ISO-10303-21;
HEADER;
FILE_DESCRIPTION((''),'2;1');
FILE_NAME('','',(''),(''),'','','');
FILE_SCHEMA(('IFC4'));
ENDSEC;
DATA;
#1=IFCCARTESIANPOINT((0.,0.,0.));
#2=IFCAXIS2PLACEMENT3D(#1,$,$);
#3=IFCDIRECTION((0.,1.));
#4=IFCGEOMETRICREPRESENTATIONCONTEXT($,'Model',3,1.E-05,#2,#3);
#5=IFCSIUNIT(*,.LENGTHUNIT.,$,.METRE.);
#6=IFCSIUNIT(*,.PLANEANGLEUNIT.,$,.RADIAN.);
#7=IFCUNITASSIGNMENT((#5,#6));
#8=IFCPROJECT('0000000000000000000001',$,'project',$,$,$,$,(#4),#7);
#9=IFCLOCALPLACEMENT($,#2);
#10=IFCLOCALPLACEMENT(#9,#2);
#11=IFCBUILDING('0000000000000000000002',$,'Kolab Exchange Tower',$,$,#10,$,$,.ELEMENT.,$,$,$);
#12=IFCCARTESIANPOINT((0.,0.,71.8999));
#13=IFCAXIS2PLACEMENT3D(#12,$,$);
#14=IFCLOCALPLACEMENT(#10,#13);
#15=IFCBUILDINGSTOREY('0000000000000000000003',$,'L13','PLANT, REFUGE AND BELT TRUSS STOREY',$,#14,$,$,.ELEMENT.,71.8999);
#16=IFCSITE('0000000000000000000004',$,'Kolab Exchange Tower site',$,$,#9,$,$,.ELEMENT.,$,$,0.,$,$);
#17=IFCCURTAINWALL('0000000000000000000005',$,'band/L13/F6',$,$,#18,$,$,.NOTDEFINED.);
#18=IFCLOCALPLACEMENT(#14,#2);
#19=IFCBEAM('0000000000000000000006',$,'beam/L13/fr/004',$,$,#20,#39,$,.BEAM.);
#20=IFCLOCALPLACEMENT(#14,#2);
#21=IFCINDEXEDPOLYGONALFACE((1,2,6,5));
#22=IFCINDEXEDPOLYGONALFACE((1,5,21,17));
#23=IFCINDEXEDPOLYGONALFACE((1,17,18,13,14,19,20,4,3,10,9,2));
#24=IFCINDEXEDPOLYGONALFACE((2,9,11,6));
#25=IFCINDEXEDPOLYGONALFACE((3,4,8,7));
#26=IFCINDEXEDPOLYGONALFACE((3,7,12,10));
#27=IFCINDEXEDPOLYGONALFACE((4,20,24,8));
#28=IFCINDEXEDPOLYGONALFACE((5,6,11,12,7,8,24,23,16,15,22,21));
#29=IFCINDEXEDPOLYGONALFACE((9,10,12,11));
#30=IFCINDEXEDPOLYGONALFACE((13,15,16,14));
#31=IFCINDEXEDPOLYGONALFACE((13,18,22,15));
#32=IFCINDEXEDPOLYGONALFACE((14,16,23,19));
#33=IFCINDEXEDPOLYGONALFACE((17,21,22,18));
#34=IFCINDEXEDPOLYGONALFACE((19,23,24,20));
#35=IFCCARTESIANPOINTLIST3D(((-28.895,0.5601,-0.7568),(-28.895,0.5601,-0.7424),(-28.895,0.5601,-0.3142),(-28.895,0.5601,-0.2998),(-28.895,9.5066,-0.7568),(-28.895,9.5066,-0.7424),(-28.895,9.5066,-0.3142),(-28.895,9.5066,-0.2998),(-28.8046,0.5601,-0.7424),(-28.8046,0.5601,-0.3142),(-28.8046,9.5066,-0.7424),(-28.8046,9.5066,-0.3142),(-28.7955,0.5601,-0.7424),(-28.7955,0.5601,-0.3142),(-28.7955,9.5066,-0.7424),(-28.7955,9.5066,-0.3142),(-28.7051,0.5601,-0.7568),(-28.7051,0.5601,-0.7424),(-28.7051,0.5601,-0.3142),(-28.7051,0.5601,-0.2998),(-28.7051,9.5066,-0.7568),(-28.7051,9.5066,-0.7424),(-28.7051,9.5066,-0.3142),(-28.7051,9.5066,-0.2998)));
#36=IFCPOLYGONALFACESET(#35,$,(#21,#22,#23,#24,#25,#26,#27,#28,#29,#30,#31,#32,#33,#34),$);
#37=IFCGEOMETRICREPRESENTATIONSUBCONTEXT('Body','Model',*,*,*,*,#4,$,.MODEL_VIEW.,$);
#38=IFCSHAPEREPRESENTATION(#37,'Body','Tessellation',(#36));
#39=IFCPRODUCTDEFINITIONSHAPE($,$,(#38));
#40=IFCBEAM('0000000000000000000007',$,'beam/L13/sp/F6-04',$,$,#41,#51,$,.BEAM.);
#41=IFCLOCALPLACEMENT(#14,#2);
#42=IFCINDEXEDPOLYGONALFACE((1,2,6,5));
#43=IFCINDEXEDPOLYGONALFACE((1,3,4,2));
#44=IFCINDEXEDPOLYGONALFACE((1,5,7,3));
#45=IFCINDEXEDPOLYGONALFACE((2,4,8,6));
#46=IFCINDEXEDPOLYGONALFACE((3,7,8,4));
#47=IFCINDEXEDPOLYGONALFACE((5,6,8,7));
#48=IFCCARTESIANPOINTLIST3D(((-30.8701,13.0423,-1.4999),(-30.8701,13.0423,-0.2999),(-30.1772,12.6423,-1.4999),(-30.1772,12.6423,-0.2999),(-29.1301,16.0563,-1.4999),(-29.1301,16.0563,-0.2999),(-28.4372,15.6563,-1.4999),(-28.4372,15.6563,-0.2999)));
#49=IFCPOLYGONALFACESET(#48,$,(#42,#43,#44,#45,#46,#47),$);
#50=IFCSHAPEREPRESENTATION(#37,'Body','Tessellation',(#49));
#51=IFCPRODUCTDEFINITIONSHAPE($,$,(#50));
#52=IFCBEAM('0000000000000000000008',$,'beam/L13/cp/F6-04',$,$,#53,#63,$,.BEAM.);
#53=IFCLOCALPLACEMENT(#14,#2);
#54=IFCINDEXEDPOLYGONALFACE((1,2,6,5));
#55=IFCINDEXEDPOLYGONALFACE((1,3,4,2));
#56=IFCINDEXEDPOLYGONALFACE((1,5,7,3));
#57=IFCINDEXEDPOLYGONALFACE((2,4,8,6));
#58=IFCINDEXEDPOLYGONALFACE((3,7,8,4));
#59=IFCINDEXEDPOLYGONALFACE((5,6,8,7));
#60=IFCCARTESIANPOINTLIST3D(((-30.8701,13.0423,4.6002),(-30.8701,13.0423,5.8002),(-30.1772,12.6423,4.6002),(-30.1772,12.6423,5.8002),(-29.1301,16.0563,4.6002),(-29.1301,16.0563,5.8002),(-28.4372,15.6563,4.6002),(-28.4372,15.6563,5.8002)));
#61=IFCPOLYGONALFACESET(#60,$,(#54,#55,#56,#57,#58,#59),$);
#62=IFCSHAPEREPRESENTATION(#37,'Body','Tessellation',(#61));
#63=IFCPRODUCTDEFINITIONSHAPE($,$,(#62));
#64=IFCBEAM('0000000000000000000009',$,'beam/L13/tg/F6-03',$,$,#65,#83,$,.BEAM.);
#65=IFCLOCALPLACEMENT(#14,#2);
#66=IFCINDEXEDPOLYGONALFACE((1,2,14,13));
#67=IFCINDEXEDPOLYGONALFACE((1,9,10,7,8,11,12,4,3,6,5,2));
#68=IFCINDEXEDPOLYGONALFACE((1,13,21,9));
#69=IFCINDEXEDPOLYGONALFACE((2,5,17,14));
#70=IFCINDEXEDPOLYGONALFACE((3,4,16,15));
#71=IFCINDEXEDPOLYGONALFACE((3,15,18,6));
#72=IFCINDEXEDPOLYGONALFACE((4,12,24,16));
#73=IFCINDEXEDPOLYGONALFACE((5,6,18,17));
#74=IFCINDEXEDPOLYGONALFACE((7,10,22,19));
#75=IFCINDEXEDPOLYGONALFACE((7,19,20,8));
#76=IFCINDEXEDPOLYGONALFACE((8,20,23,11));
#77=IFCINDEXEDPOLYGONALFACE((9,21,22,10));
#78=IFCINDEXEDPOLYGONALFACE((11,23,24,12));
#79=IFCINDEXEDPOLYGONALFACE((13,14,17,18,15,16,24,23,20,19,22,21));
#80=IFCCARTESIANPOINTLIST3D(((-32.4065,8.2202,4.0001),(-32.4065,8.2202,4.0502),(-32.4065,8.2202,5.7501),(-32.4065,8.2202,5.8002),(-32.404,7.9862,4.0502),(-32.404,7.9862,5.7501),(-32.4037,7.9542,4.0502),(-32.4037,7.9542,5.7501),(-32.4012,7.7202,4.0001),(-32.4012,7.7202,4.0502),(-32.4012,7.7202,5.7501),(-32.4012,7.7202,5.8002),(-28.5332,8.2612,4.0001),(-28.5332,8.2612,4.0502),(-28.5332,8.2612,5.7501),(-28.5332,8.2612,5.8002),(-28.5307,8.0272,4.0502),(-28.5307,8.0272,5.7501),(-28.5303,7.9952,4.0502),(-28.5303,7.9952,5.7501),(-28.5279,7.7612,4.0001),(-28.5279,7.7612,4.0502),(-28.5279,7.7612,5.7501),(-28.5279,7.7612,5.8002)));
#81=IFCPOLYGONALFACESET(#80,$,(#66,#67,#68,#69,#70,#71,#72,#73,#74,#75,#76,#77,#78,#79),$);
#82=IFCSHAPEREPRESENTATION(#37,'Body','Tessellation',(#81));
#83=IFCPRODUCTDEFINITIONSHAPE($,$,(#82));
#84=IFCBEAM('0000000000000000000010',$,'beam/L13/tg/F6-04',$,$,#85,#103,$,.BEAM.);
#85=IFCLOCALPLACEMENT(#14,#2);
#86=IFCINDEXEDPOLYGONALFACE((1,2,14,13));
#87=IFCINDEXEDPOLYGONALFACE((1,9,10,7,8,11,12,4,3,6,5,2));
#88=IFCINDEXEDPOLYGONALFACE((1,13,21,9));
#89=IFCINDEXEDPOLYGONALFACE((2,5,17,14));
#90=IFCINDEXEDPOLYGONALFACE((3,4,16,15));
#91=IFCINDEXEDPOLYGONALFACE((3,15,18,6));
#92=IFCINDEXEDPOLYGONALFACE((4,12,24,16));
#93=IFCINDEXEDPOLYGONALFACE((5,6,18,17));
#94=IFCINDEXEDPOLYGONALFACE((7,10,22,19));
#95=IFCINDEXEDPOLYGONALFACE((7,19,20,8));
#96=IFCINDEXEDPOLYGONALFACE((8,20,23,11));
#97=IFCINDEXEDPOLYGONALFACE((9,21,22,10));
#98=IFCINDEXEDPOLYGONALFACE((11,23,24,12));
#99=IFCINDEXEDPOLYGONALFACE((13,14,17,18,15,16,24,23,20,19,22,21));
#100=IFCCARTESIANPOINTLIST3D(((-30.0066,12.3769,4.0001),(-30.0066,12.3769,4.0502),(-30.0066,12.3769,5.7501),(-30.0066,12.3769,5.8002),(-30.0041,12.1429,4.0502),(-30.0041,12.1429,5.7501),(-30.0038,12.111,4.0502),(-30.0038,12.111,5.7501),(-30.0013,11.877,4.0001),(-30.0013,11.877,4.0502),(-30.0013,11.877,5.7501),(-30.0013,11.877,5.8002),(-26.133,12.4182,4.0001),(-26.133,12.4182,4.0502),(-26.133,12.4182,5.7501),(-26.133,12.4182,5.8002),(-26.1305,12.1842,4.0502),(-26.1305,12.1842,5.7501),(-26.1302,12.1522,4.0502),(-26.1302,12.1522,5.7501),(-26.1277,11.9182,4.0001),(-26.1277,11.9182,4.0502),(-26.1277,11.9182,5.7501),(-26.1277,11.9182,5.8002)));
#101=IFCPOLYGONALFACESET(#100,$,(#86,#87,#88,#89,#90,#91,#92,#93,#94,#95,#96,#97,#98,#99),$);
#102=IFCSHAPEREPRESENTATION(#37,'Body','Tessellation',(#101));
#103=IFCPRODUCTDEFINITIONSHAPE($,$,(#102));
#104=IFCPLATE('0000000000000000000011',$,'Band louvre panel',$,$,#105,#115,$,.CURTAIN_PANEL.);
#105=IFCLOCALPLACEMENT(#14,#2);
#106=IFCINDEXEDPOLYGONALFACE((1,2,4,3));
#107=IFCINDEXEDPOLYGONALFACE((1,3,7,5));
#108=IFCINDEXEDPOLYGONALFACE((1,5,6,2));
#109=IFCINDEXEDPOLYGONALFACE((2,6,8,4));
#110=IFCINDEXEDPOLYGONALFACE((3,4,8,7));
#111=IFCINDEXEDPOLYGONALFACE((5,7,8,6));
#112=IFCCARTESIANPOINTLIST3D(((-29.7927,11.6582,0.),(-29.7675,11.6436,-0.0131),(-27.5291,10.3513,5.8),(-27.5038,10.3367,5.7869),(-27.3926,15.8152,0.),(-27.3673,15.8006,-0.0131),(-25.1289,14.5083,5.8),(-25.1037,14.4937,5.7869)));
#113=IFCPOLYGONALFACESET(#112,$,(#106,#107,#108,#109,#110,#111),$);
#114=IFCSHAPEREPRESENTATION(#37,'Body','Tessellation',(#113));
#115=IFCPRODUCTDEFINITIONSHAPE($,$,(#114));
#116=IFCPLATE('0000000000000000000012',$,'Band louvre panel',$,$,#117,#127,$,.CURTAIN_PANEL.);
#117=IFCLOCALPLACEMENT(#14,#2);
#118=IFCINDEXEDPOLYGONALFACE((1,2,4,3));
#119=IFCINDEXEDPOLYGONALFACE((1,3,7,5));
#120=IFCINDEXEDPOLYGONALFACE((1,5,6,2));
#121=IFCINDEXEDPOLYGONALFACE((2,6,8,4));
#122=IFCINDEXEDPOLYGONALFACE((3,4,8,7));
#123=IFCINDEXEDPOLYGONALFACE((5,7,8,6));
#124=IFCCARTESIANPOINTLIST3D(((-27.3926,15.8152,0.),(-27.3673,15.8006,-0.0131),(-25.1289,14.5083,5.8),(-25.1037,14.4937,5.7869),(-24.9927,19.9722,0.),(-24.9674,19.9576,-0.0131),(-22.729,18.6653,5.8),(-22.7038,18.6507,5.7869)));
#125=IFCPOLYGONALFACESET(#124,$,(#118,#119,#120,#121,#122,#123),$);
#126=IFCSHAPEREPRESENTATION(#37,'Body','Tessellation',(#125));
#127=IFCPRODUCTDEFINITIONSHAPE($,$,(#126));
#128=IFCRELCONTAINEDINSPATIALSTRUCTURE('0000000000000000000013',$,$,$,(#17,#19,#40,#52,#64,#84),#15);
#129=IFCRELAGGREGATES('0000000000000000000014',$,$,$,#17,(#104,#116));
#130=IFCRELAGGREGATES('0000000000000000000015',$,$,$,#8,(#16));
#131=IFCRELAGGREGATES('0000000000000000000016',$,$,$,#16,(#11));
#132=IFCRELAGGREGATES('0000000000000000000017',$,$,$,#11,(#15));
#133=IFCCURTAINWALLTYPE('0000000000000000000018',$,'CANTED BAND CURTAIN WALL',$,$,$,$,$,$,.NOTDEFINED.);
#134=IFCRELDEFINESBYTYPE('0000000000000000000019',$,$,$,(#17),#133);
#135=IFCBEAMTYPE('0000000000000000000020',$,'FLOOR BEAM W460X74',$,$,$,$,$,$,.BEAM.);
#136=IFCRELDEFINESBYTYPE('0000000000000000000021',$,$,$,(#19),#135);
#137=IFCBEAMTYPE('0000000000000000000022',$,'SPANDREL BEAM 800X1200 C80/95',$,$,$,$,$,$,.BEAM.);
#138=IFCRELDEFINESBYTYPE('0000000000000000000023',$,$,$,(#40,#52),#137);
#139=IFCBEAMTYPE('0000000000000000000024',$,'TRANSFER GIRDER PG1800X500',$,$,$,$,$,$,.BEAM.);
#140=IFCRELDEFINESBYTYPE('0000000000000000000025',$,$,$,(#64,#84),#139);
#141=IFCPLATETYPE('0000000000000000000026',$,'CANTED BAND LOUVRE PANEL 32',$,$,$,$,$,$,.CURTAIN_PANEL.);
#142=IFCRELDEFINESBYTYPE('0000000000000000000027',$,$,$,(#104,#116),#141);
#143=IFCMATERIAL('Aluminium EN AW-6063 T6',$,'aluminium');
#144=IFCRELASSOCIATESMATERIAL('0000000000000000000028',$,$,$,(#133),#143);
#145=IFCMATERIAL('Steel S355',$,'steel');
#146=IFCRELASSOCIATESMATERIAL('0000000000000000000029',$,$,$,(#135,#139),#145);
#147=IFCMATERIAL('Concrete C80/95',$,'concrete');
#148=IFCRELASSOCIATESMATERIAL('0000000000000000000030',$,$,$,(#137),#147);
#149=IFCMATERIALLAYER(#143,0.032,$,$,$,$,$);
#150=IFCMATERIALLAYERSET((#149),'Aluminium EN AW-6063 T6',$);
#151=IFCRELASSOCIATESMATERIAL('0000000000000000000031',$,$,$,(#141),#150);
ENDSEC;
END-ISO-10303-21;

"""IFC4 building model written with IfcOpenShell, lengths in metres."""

from ifc_helpers import new_model, si_unit, direction, frame, origin, origin_2d, place, context, subcontext, project, spatial, polyline, rectangle, i_section, outline, extrude, material, layer, layer_set, material_profile, profile_set, type_object, element, aggregate, save


model = new_model("IFC4")

# Units and contexts
model_context = context("Model", 3, precision=1e-05, world=origin(), true_north=direction((0.0, 1.0)))
body_context = subcontext(model_context, "Body", "Model", "MODEL_VIEW")
ifc_project = project(units=[si_unit("LENGTHUNIT", "METRE"), si_unit("PLANEANGLEUNIT", "RADIAN")], contexts=[model_context])

# Site, building, storey
site_placement = place(None, origin())
site = spatial("IfcSite", under=ifc_project, at=site_placement, Name="Kolab Exchange Tower site", CompositionType="ELEMENT", RefElevation=0.0)
building_placement = place(site_placement, origin())
building = spatial("IfcBuilding", under=site, at=building_placement, Name="Kolab Exchange Tower", CompositionType="ELEMENT")
storey_placement = place(building_placement, frame((0.0, 0.0, 71.8999)))
storey = spatial("IfcBuildingStorey", under=building, at=storey_placement, Name="L13", Description="PLANT, REFUGE AND BELT TRUSS STOREY", CompositionType="ELEMENT", Elevation=71.8999)

# Shared definitions
ifc_material_1 = material(Name="Steel S355", Category="steel")

# Curtain wall
ifc_material_2 = material(Name="Aluminium EN AW-6063 T6", Category="aluminium")
curtain_wall_type = type_object("IfcCurtainWallType", Name="CANTED BAND CURTAIN WALL", PredefinedType="NOTDEFINED", material=ifc_material_2)
curtain_wall_placement = place(storey_placement, origin())
curtain_wall = element("IfcCurtainWall", 1, at=curtain_wall_placement, inside=storey, type_object=curtain_wall_type, Name="band/L13/F6", PredefinedType="NOTDEFINED")

# Beams
ifc_material_profile_1 = material_profile(ifc_material_1, i_section(OverallWidth=0.1899, OverallDepth=0.457, WebThickness=0.009, FlangeThickness=0.0144, at=origin_2d()), Name="W460X74")
ifc_profile_set_1 = profile_set([ifc_material_profile_1], Name="Steel S355")
beam_type_1 = type_object("IfcBeamType", Name="FLOOR BEAM W460X74", PredefinedType="BEAM", material=ifc_profile_set_1)
beam_1_placement = place(storey_placement, frame((-28.8, 0.5601, -0.5283), z_axis=(0.0, 1.0, 0.0), x_axis=(-1.0, 0.0, 0.0)))
element("IfcBeam", 2, at=beam_1_placement, inside=storey, type_object=beam_type_1, Name="beam/L13/fr/004", PredefinedType="BEAM", context=body_context, shape_type="SweptSolid", body=[
    extrude(i_section(OverallWidth=0.1899, OverallDepth=0.457, WebThickness=0.009, FlangeThickness=0.0144, at=origin_2d()), origin(), (0.0, 0.0, 1.0), 8.9465),
])
ifc_material_3 = material(Name="Concrete C80/95", Category="concrete")
ifc_material_profile_2 = material_profile(ifc_material_3, rectangle(XDim=0.8, YDim=1.2, at=origin_2d()), Name="RC800X1200")
ifc_profile_set_2 = profile_set([ifc_material_profile_2], Name="Concrete C80/95")
beam_type_2 = type_object("IfcBeamType", Name="SPANDREL BEAM 800X1200 C80/95", PredefinedType="BEAM", material=ifc_profile_set_2)
for number, where, z_axis, x_axis, name in (
    (3, (-30.5237, 12.8423, -0.8999), (0.49998, 0.866037, 0.0), (-0.866037, 0.49998, 0.0), "beam/L13/sp/F6-04"),
    (4, (-30.5237, 12.8423, 5.2002), (0.49998, 0.866037, 0.0), (-0.866037, 0.49998, 0.0), "beam/L13/cp/F6-04"),
):
    element("IfcBeam", number, at=place(storey_placement, frame(where, z_axis=z_axis, x_axis=x_axis)), inside=storey, type_object=beam_type_2, Name=name, PredefinedType="BEAM", context=body_context, shape_type="SweptSolid", body=[
        extrude(rectangle(XDim=0.8, YDim=1.2, at=origin_2d()), origin(), (0.0, 0.0, 1.0), 3.4802),
    ])
ifc_material_profile_3 = material_profile(ifc_material_1, i_section(OverallWidth=0.5, OverallDepth=1.8, WebThickness=0.032, FlangeThickness=0.05, at=origin_2d()), Name="PG1800X500")
ifc_profile_set_3 = profile_set([ifc_material_profile_3], Name="Steel S355")
beam_type_3 = type_object("IfcBeamType", Name="TRANSFER GIRDER PG1800X500", PredefinedType="BEAM", material=ifc_profile_set_3)
beam_2_placement = place(storey_placement, frame((-28.5305, 8.0112, 4.9001), z_axis=(-0.999944, -0.010589, 0.0), x_axis=(0.010589, -0.999944, 0.0)))
element("IfcBeam", 5, at=beam_2_placement, inside=storey, type_object=beam_type_3, Name="beam/L13/tg/F6-03", PredefinedType="BEAM", context=body_context, shape_type="SweptSolid", body=[
    extrude(i_section(OverallWidth=0.5, OverallDepth=1.8, WebThickness=0.032, FlangeThickness=0.05, at=origin_2d()), origin(), (0.0, 0.0, 1.0), 3.8735),
])
beam_3_placement = place(storey_placement, frame((-26.1304, 12.1682, 4.9001), z_axis=(-0.999943, -0.010651, 0.0), x_axis=(0.010651, -0.999943, 0.0)))
element("IfcBeam", 6, at=beam_3_placement, inside=storey, type_object=beam_type_3, Name="beam/L13/tg/F6-04", PredefinedType="BEAM", context=body_context, shape_type="SweptSolid", body=[
    extrude(i_section(OverallWidth=0.5, OverallDepth=1.8, WebThickness=0.032, FlangeThickness=0.05, at=origin_2d()), origin(), (0.0, 0.0, 1.0), 3.8738),
])

# Plates
ifc_layer = layer(ifc_material_2, 0.032)
ifc_layer_set = layer_set([ifc_layer], Name="Aluminium EN AW-6063 T6")
plate_type = type_object("IfcPlateType", Name="CANTED BAND LOUVRE PANEL 32", PredefinedType="CURTAIN_PANEL", material=ifc_layer_set)
plate_1_placement = place(storey_placement, frame((-29.7927, 11.6582, 0.0), z_axis=(-0.789543, 0.455864, 0.410864), x_axis=(0.500017, 0.866015, 0.0)))
plate_1 = element("IfcPlate", 7, at=plate_1_placement, type_object=plate_type, Name="Band louvre panel", PredefinedType="CURTAIN_PANEL", context=body_context, shape_type="SweptSolid", body=[
    extrude(outline(polyline([(0.0, 0.0), (4.8001, 0.0), (4.8002, -6.3618), (0.0001, -6.3618), (0.0, 0.0)])), origin(), (0.0, 0.0, -1.0), 0.032),
])
plate_2_placement = place(storey_placement, frame((-27.3926, 15.8152, 0.0), z_axis=(-0.789563, 0.45583, 0.410864), x_axis=(0.499979, 0.866037, 0.0)))
plate_2 = element("IfcPlate", 8, at=plate_2_placement, type_object=plate_type, Name="Band louvre panel", PredefinedType="CURTAIN_PANEL", context=body_context, shape_type="SweptSolid", body=[
    extrude(outline(polyline([(0.0, 0.0), (4.8, 0.0), (4.8, -6.3618), (0.0, -6.3618), (0.0, 0.0)])), origin(), (0.0, 0.0, -1.0), 0.032),
])
aggregate(curtain_wall, [plate_1, plate_2])

save(model, "model.ifc")
